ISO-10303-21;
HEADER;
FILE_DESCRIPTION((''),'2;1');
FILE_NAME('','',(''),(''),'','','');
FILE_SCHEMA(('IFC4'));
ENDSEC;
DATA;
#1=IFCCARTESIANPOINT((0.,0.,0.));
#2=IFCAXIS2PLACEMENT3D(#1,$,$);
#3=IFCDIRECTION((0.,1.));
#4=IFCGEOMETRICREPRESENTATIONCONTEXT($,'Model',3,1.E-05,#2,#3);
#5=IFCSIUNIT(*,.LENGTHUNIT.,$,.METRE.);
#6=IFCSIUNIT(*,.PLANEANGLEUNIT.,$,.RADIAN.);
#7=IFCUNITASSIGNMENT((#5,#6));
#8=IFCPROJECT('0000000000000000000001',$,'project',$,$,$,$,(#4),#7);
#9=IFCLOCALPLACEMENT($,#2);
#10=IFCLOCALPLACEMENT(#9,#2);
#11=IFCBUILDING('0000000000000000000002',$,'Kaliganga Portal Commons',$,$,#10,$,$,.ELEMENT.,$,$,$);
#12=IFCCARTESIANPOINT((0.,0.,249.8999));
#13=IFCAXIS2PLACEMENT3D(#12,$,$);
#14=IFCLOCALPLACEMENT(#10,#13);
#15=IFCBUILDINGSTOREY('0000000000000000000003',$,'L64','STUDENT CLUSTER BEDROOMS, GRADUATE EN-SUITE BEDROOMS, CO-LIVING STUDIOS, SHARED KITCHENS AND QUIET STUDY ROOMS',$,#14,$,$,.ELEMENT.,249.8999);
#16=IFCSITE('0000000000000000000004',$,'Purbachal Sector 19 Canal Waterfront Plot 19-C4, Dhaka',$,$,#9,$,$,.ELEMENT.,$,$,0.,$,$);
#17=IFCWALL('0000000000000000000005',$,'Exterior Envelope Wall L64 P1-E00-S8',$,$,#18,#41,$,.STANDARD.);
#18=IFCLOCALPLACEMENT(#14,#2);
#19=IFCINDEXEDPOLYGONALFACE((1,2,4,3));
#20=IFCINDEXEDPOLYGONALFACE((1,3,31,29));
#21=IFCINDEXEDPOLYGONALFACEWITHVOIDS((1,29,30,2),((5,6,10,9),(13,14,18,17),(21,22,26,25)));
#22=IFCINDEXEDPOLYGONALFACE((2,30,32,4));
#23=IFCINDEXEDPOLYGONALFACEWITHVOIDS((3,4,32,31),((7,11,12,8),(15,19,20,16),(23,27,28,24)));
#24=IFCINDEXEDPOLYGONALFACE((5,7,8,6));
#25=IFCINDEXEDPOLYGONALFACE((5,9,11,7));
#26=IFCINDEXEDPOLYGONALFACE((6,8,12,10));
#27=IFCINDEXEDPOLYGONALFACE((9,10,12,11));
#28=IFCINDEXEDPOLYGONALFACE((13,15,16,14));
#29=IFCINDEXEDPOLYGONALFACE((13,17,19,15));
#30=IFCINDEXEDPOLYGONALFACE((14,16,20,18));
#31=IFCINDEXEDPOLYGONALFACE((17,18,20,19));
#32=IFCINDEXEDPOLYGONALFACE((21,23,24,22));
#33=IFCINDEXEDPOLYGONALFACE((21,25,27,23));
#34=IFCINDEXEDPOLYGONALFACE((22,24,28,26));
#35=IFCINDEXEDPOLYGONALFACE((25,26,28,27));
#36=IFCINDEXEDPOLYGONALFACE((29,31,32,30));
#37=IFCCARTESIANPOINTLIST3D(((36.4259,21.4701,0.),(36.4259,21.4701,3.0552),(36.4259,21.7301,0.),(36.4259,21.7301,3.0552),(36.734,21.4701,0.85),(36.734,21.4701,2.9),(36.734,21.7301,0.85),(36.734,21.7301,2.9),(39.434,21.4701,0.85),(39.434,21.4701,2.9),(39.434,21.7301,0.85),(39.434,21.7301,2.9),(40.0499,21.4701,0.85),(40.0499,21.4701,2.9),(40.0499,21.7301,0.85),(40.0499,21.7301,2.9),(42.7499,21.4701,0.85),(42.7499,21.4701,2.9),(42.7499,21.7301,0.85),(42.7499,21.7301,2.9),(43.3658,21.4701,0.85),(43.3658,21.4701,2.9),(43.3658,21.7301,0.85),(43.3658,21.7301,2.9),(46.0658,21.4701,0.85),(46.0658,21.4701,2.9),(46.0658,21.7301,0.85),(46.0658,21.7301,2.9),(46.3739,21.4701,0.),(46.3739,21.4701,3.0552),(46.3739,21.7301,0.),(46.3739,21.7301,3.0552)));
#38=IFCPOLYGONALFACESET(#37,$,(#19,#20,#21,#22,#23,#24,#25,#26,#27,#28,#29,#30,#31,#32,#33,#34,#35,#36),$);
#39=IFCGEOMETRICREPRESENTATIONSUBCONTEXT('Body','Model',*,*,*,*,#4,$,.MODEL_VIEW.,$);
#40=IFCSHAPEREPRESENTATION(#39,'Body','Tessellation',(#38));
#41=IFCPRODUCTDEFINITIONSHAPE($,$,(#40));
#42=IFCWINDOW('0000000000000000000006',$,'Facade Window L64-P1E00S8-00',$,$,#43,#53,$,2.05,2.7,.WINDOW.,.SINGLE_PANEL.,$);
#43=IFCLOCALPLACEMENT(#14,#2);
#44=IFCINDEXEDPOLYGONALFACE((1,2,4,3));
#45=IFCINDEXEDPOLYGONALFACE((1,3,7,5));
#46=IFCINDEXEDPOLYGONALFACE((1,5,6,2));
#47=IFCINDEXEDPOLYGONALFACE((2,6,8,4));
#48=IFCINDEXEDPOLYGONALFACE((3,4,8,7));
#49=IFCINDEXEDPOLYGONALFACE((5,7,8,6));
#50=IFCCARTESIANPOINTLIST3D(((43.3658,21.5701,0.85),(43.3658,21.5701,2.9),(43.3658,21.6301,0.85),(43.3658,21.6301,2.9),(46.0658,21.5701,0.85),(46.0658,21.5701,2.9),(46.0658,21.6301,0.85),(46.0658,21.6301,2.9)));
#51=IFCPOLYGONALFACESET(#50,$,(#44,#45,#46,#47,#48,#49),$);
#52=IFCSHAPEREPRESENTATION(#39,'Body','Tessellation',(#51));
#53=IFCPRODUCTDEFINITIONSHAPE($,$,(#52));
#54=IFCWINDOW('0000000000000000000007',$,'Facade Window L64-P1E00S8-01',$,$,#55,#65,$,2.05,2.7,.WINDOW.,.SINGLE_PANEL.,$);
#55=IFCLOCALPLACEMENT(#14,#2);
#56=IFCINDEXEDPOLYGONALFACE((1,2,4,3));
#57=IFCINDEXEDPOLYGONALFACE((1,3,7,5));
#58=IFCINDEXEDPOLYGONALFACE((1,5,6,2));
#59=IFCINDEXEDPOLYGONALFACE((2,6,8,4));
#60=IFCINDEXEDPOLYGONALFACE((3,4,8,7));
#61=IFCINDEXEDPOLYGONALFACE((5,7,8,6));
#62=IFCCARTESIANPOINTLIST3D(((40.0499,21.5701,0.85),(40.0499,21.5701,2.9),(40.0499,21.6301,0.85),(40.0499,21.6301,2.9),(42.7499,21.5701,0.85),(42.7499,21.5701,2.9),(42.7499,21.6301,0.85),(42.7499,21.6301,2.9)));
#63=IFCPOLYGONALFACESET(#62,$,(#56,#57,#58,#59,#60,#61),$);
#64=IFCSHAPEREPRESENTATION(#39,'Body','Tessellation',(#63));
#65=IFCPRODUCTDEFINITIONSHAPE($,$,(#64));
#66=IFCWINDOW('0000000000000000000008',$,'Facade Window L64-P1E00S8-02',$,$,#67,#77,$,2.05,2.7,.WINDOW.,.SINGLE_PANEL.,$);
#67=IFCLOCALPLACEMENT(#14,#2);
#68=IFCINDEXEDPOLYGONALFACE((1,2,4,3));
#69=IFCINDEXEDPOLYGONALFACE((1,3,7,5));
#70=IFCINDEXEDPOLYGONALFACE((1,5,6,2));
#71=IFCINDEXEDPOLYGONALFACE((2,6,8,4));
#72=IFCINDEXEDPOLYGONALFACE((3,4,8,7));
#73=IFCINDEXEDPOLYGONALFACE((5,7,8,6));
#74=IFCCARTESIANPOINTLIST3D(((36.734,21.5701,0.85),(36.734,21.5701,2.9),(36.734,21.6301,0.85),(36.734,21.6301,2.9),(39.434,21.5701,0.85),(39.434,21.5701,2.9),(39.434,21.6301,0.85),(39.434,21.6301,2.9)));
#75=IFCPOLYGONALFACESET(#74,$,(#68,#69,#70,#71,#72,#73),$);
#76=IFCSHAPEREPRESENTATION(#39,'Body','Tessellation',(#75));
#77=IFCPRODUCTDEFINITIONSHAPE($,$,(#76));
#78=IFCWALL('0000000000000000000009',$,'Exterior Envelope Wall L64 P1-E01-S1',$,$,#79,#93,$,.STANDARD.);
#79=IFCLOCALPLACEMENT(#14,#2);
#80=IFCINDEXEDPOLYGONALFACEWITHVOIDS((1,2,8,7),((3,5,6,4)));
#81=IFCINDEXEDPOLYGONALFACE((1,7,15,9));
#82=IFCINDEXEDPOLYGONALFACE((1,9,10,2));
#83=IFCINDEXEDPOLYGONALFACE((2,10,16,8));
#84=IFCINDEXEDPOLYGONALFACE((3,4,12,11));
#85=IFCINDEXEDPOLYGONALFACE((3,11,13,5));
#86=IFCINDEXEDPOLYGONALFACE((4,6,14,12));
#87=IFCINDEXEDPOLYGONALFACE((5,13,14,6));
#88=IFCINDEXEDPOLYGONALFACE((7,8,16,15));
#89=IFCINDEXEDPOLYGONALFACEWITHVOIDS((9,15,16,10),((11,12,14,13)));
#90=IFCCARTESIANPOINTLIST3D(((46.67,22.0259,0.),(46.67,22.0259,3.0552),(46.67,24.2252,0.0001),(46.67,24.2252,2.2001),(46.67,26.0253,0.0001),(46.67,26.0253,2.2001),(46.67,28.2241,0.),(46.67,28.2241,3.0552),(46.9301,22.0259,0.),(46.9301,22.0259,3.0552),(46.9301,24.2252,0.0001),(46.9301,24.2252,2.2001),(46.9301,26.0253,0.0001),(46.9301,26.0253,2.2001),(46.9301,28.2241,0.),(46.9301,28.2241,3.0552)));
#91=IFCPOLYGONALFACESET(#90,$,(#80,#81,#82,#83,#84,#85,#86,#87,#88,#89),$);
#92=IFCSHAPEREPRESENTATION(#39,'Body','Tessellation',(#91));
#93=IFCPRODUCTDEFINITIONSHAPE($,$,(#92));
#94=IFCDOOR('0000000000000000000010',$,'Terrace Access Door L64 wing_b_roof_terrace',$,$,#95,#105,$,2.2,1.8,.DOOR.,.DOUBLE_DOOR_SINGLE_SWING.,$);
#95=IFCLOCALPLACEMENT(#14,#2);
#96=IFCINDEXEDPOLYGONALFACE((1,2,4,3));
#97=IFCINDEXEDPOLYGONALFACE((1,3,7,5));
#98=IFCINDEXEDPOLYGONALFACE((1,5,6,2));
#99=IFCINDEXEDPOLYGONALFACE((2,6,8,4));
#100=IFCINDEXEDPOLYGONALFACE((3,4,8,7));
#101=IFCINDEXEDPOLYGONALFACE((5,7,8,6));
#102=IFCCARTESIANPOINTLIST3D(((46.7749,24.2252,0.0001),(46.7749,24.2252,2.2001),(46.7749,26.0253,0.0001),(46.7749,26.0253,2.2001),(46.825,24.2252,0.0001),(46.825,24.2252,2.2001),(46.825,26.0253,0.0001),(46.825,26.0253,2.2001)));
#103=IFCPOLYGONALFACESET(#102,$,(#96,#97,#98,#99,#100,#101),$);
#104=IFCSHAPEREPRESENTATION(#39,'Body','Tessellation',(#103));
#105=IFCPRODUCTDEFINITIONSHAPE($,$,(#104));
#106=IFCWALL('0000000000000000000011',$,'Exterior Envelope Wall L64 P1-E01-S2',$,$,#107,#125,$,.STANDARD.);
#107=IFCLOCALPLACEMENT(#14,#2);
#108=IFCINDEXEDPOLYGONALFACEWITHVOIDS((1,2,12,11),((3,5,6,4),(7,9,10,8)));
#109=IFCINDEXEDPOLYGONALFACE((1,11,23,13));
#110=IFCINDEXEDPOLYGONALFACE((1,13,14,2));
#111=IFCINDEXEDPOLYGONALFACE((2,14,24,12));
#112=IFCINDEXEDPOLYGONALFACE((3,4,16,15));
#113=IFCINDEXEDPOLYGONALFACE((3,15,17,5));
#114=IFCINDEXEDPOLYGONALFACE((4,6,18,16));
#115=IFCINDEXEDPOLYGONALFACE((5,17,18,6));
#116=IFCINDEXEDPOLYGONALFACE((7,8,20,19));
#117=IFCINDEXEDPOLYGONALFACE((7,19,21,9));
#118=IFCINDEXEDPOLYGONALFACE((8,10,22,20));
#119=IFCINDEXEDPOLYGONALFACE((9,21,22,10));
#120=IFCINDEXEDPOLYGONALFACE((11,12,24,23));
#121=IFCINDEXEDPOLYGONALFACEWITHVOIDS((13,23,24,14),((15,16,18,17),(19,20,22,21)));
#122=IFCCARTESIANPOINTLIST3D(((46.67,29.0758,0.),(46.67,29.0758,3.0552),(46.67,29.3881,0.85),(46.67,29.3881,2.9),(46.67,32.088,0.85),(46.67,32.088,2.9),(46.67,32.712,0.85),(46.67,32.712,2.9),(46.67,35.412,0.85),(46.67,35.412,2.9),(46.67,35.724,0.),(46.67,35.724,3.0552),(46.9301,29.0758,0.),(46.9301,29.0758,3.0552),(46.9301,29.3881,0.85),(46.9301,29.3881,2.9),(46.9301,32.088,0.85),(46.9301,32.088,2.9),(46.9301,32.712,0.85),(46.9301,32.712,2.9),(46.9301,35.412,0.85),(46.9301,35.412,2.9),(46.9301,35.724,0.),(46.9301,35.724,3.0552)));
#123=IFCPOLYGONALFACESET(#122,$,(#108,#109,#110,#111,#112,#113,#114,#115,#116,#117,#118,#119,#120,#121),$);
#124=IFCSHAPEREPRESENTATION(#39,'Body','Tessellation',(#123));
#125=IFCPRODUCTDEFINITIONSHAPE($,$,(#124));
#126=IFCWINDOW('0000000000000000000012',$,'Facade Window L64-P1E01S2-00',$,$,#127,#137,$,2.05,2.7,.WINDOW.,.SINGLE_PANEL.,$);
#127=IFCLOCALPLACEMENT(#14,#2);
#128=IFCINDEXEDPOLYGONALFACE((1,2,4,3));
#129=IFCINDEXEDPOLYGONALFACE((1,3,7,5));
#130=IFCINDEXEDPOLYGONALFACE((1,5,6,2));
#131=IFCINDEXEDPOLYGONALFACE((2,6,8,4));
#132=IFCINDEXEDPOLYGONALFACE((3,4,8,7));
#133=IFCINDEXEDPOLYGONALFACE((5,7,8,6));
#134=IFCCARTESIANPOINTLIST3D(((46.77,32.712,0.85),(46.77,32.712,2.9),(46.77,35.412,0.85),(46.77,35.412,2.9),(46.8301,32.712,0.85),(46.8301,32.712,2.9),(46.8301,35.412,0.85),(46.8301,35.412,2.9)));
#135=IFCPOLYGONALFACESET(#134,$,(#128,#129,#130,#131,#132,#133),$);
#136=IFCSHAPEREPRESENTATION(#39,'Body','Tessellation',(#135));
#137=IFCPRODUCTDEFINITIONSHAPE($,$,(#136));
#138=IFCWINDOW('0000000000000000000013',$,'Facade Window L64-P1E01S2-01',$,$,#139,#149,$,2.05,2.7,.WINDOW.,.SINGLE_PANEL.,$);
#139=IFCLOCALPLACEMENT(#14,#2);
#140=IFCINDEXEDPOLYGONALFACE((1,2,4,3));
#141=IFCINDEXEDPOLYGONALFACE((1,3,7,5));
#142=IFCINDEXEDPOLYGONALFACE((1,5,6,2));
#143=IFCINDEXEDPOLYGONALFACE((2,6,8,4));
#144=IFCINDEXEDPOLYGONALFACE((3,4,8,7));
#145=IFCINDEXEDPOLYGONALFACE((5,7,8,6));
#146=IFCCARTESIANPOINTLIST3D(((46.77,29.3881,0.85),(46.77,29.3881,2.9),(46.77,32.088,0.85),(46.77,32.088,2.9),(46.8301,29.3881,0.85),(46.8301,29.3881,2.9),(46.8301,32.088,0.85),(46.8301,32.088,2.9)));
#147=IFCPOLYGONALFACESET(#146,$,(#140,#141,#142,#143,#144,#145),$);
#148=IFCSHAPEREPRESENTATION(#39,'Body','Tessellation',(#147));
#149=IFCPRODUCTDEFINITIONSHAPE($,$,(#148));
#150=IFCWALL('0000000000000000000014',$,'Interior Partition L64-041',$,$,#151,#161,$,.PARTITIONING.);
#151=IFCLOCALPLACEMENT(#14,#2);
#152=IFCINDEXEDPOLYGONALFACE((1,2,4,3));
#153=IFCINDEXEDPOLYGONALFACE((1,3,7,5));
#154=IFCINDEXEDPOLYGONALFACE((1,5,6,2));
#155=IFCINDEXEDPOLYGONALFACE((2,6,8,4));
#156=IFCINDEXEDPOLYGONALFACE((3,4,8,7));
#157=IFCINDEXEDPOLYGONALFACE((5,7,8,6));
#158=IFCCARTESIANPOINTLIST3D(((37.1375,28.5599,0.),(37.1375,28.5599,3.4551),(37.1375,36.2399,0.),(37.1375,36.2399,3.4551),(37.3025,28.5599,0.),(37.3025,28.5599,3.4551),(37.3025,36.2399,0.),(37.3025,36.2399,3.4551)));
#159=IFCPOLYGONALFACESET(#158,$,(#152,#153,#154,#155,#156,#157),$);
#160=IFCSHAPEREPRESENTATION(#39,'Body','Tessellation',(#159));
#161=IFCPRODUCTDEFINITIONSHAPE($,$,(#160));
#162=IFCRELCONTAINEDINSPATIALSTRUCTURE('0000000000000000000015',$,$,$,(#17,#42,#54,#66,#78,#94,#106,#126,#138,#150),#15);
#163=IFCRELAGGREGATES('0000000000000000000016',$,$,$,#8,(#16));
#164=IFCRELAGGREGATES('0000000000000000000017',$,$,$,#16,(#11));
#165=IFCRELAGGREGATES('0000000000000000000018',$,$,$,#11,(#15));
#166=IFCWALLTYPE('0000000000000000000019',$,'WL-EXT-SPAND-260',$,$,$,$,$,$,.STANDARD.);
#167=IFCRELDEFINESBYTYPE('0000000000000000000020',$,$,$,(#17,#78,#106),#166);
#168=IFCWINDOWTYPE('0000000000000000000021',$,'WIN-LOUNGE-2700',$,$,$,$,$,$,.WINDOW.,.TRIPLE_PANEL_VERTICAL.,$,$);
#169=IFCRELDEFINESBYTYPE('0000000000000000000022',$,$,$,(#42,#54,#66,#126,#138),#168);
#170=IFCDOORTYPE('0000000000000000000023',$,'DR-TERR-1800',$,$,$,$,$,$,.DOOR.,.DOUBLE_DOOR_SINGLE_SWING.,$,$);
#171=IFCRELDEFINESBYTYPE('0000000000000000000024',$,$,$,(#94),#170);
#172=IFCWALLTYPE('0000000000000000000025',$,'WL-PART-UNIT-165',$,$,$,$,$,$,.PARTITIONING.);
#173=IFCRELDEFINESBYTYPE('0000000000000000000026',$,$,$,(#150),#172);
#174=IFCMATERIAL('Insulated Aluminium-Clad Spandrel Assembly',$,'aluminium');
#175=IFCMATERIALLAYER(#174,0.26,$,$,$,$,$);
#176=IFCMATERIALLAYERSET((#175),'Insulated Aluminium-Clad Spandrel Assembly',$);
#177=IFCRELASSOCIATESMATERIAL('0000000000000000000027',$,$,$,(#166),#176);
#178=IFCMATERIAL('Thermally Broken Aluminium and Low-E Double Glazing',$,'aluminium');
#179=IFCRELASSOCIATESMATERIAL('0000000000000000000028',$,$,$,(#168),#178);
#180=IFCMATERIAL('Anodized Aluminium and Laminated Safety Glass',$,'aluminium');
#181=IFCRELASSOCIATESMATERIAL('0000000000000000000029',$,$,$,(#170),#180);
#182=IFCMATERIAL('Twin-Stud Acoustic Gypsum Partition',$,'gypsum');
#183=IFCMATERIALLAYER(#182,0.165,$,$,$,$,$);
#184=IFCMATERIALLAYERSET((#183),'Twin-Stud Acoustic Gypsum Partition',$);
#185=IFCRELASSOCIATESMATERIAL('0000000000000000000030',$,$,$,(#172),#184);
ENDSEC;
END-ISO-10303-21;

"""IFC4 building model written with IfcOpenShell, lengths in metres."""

from ifc_helpers import new_model, si_unit, direction, frame, frame_2d, origin, place, context, subcontext, project, spatial, rectangle, extrude, material, layer, layer_set, type_object, element, fill, save


model = new_model("IFC4")

# Units and contexts
model_context = context("Model", 3, precision=1e-05, world=origin(), true_north=direction((0.0, 1.0)))
body_context = subcontext(model_context, "Body", "Model", "MODEL_VIEW")
ifc_project = project(units=[si_unit("LENGTHUNIT", "METRE"), si_unit("PLANEANGLEUNIT", "RADIAN")], contexts=[model_context])

# Site, building, storey
site_placement = place(None, origin())
site = spatial("IfcSite", under=ifc_project, at=site_placement, Name="Purbachal Sector 19 Canal Waterfront Plot 19-C4, Dhaka", CompositionType="ELEMENT", RefElevation=0.0)
building_placement = place(site_placement, origin())
building = spatial("IfcBuilding", under=site, at=building_placement, Name="Kaliganga Portal Commons", CompositionType="ELEMENT")
storey_placement = place(building_placement, frame((0.0, 0.0, 249.8999)))
storey = spatial("IfcBuildingStorey", under=building, at=storey_placement, Name="L64", Description="STUDENT CLUSTER BEDROOMS, GRADUATE EN-SUITE BEDROOMS, CO-LIVING STUDIOS, SHARED KITCHENS AND QUIET STUDY ROOMS", CompositionType="ELEMENT", Elevation=249.8999)

# Wall, openings, windows
ifc_material_1 = material(Name="Insulated Aluminium-Clad Spandrel Assembly", Category="aluminium")
ifc_layer_1 = layer(ifc_material_1, 0.26)
ifc_layer_set_1 = layer_set([ifc_layer_1], Name="Insulated Aluminium-Clad Spandrel Assembly")
wall_type_1 = type_object("IfcWallType", Name="WL-EXT-SPAND-260", PredefinedType="STANDARD", material=ifc_layer_set_1)
wall_1_placement = place(storey_placement, frame((46.374, 21.6001, 0.0), z_axis=(0.0, 0.0, 1.0), x_axis=(-1.0, 0.0, 0.0)))
wall_1 = element("IfcWall", 1, at=wall_1_placement, inside=storey, type_object=wall_type_1, Name="Exterior Envelope Wall L64 P1-E00-S8", PredefinedType="STANDARD", context=body_context, shape_type="SweptSolid", body=[
    extrude(rectangle(XDim=9.948, YDim=0.26, at=frame_2d((4.9741, 0.0))), origin(), (0.0, 0.0, 1.0), 3.0552),
])
opening_1_placement = place(wall_1_placement, frame((0.3081, 0.0, 0.8501)))
opening_1 = element("IfcOpeningElement", 2, at=opening_1_placement, cuts=wall_1, PredefinedType="OPENING", context=body_context, shape_type="SweptSolid", body=[
    extrude(rectangle(XDim=2.7, YDim=2.05, at=frame_2d((1.3501, 1.0249))), frame((0.0, 0.1401, 0.0), z_axis=(0.0, -1.0, 0.0), x_axis=(1.0, 0.0, 0.0)), (0.0, 0.0, 1.0), 0.28),
])
opening_2_placement = place(wall_1_placement, frame((3.624, 0.0, 0.8501)))
opening_2 = element("IfcOpeningElement", 3, at=opening_2_placement, cuts=wall_1, PredefinedType="OPENING", context=body_context, shape_type="SweptSolid", body=[
    extrude(rectangle(XDim=2.7, YDim=2.05, at=frame_2d((1.3501, 1.0249))), frame((0.0, 0.1401, 0.0), z_axis=(0.0, -1.0, 0.0), x_axis=(1.0, 0.0, 0.0)), (0.0, 0.0, 1.0), 0.28),
])
opening_3_placement = place(wall_1_placement, frame((6.9399, 0.0, 0.8501)))
opening_3 = element("IfcOpeningElement", 4, at=opening_3_placement, cuts=wall_1, PredefinedType="OPENING", context=body_context, shape_type="SweptSolid", body=[
    extrude(rectangle(XDim=2.7, YDim=2.05, at=frame_2d((1.3501, 1.0249))), frame((0.0, 0.1401, 0.0), z_axis=(0.0, -1.0, 0.0), x_axis=(1.0, 0.0, 0.0)), (0.0, 0.0, 1.0), 0.28),
])
ifc_material_2 = material(Name="Thermally Broken Aluminium and Low-E Double Glazing", Category="aluminium")
window_type = type_object("IfcWindowType", Name="WIN-LOUNGE-2700", PartitioningType="TRIPLE_PANEL_VERTICAL", PredefinedType="WINDOW", material=ifc_material_2)
window_1_placement = place(opening_1_placement, origin())
window_1 = element("IfcWindow", 5, at=window_1_placement, inside=storey, type_object=window_type, Name="Facade Window L64-P1E00S8-00", OverallHeight=2.05, OverallWidth=2.7, PartitioningType="SINGLE_PANEL", PredefinedType="WINDOW", context=body_context, shape_type="SweptSolid", body=[
    extrude(rectangle(XDim=2.7, YDim=2.05, at=frame_2d((1.3501, 1.0249))), frame((0.0, 0.03, 0.0), z_axis=(0.0, -1.0, 0.0), x_axis=(1.0, 0.0, 0.0)), (0.0, 0.0, 1.0), 0.0601),
])
fill(opening_1, window_1)
window_2_placement = place(opening_2_placement, origin())
window_2 = element("IfcWindow", 6, at=window_2_placement, inside=storey, type_object=window_type, Name="Facade Window L64-P1E00S8-01", OverallHeight=2.05, OverallWidth=2.7, PartitioningType="SINGLE_PANEL", PredefinedType="WINDOW", context=body_context, shape_type="SweptSolid", body=[
    extrude(rectangle(XDim=2.7, YDim=2.05, at=frame_2d((1.3501, 1.0249))), frame((0.0, 0.03, 0.0), z_axis=(0.0, -1.0, 0.0), x_axis=(1.0, 0.0, 0.0)), (0.0, 0.0, 1.0), 0.0601),
])
fill(opening_2, window_2)
window_3_placement = place(opening_3_placement, origin())
window_3 = element("IfcWindow", 7, at=window_3_placement, inside=storey, type_object=window_type, Name="Facade Window L64-P1E00S8-02", OverallHeight=2.05, OverallWidth=2.7, PartitioningType="SINGLE_PANEL", PredefinedType="WINDOW", context=body_context, shape_type="SweptSolid", body=[
    extrude(rectangle(XDim=2.7, YDim=2.05, at=frame_2d((1.3501, 1.0249))), frame((0.0, 0.03, 0.0), z_axis=(0.0, -1.0, 0.0), x_axis=(1.0, 0.0, 0.0)), (0.0, 0.0, 1.0), 0.0601),
])
fill(opening_3, window_3)

# Wall, opening, door
wall_2_placement = place(storey_placement, frame((46.8, 28.2241, 0.0), z_axis=(0.0, 0.0, 1.0), x_axis=(0.0, -1.0, 0.0)))
wall_2 = element("IfcWall", 8, at=wall_2_placement, inside=storey, type_object=wall_type_1, Name="Exterior Envelope Wall L64 P1-E01-S1", PredefinedType="STANDARD", context=body_context, shape_type="SweptSolid", body=[
    extrude(rectangle(XDim=6.1982, YDim=0.26, at=frame_2d((3.0991, 0.0))), origin(), (0.0, 0.0, 1.0), 3.0552),
])
opening_4_placement = place(wall_2_placement, frame((2.199, 0.0, 0.0)))
opening_4 = element("IfcOpeningElement", 9, at=opening_4_placement, cuts=wall_2, PredefinedType="OPENING", context=body_context, shape_type="SweptSolid", body=[
    extrude(rectangle(XDim=1.8, YDim=2.2, at=frame_2d((0.8999, 1.1001))), frame((0.0, 0.1401, 0.0), z_axis=(0.0, -1.0, 0.0), x_axis=(1.0, 0.0, 0.0)), (0.0, 0.0, 1.0), 0.28),
])
ifc_material_3 = material(Name="Anodized Aluminium and Laminated Safety Glass", Category="aluminium")
door_type_1 = type_object("IfcDoorType", Name="DR-TERR-1800", OperationType="DOUBLE_DOOR_SINGLE_SWING", PredefinedType="DOOR", material=ifc_material_3)
door_1_placement = place(opening_4_placement, origin())
door_1 = element("IfcDoor", 10, at=door_1_placement, inside=storey, type_object=door_type_1, Name="Terrace Access Door L64 wing_b_roof_terrace", OperationType="DOUBLE_DOOR_SINGLE_SWING", OverallHeight=2.2, OverallWidth=1.8, PredefinedType="DOOR", context=body_context, shape_type="SweptSolid", body=[
    extrude(rectangle(XDim=1.8, YDim=2.2, at=frame_2d((0.8999, 1.1001))), frame((0.0, 0.0249, 0.0), z_axis=(0.0, -1.0, 0.0), x_axis=(1.0, 0.0, 0.0)), (0.0, 0.0, 1.0), 0.05),
])
fill(opening_4, door_1)

# Wall, openings, windows
wall_3_placement = place(storey_placement, frame((46.8, 35.7241, 0.0), z_axis=(0.0, 0.0, 1.0), x_axis=(0.0, -1.0, 0.0)))
wall_3 = element("IfcWall", 11, at=wall_3_placement, inside=storey, type_object=wall_type_1, Name="Exterior Envelope Wall L64 P1-E01-S2", PredefinedType="STANDARD", context=body_context, shape_type="SweptSolid", body=[
    extrude(rectangle(XDim=6.6482, YDim=0.26, at=frame_2d((3.3242, 0.0))), origin(), (0.0, 0.0, 1.0), 3.0552),
])
opening_5_placement = place(wall_3_placement, frame((0.312, 0.0, 0.8501)))
opening_5 = element("IfcOpeningElement", 12, at=opening_5_placement, cuts=wall_3, PredefinedType="OPENING", context=body_context, shape_type="SweptSolid", body=[
    extrude(rectangle(XDim=2.7, YDim=2.05, at=frame_2d((1.3501, 1.0249))), frame((0.0, 0.1401, 0.0), z_axis=(0.0, -1.0, 0.0), x_axis=(1.0, 0.0, 0.0)), (0.0, 0.0, 1.0), 0.28),
])
opening_6_placement = place(wall_3_placement, frame((3.636, 0.0, 0.8501)))
opening_6 = element("IfcOpeningElement", 13, at=opening_6_placement, cuts=wall_3, PredefinedType="OPENING", context=body_context, shape_type="SweptSolid", body=[
    extrude(rectangle(XDim=2.7, YDim=2.05, at=frame_2d((1.3501, 1.0249))), frame((0.0, 0.1401, 0.0), z_axis=(0.0, -1.0, 0.0), x_axis=(1.0, 0.0, 0.0)), (0.0, 0.0, 1.0), 0.28),
])
window_4_placement = place(opening_5_placement, origin())
window_4 = element("IfcWindow", 14, at=window_4_placement, inside=storey, type_object=window_type, Name="Facade Window L64-P1E01S2-00", OverallHeight=2.05, OverallWidth=2.7, PartitioningType="SINGLE_PANEL", PredefinedType="WINDOW", context=body_context, shape_type="SweptSolid", body=[
    extrude(rectangle(XDim=2.7, YDim=2.05, at=frame_2d((1.3501, 1.0249))), frame((0.0, 0.03, 0.0), z_axis=(0.0, -1.0, 0.0), x_axis=(1.0, 0.0, 0.0)), (0.0, 0.0, 1.0), 0.0601),
])
fill(opening_5, window_4)
window_5_placement = place(opening_6_placement, origin())
window_5 = element("IfcWindow", 15, at=window_5_placement, inside=storey, type_object=window_type, Name="Facade Window L64-P1E01S2-01", OverallHeight=2.05, OverallWidth=2.7, PartitioningType="SINGLE_PANEL", PredefinedType="WINDOW", context=body_context, shape_type="SweptSolid", body=[
    extrude(rectangle(XDim=2.7, YDim=2.05, at=frame_2d((1.3501, 1.0249))), frame((0.0, 0.03, 0.0), z_axis=(0.0, -1.0, 0.0), x_axis=(1.0, 0.0, 0.0)), (0.0, 0.0, 1.0), 0.0601),
])
fill(opening_6, window_5)

# Wall
ifc_material_4 = material(Name="Twin-Stud Acoustic Gypsum Partition", Category="gypsum")
ifc_layer_2 = layer(ifc_material_4, 0.165)
ifc_layer_set_2 = layer_set([ifc_layer_2], Name="Twin-Stud Acoustic Gypsum Partition")
wall_type_2 = type_object("IfcWallType", Name="WL-PART-UNIT-165", PredefinedType="PARTITIONING", material=ifc_layer_set_2)
for number, where, z_axis, x_axis, name in (
    (16, (37.22, 28.5601, 0.0), (0.0, 0.0, 1.0), (0.0, 1.0, 0.0), "Interior Partition L64-041"),
):
    element("IfcWall", number, at=place(storey_placement, frame(where, z_axis=z_axis, x_axis=x_axis)), inside=storey, type_object=wall_type_2, Name=name, PredefinedType="PARTITIONING", context=body_context, shape_type="SweptSolid", body=[
        extrude(rectangle(XDim=7.6799, YDim=0.165, at=frame_2d((3.8398, 0.0))), origin(), (0.0, 0.0, 1.0), 3.4551),
    ])

save(model, "model.ifc")
